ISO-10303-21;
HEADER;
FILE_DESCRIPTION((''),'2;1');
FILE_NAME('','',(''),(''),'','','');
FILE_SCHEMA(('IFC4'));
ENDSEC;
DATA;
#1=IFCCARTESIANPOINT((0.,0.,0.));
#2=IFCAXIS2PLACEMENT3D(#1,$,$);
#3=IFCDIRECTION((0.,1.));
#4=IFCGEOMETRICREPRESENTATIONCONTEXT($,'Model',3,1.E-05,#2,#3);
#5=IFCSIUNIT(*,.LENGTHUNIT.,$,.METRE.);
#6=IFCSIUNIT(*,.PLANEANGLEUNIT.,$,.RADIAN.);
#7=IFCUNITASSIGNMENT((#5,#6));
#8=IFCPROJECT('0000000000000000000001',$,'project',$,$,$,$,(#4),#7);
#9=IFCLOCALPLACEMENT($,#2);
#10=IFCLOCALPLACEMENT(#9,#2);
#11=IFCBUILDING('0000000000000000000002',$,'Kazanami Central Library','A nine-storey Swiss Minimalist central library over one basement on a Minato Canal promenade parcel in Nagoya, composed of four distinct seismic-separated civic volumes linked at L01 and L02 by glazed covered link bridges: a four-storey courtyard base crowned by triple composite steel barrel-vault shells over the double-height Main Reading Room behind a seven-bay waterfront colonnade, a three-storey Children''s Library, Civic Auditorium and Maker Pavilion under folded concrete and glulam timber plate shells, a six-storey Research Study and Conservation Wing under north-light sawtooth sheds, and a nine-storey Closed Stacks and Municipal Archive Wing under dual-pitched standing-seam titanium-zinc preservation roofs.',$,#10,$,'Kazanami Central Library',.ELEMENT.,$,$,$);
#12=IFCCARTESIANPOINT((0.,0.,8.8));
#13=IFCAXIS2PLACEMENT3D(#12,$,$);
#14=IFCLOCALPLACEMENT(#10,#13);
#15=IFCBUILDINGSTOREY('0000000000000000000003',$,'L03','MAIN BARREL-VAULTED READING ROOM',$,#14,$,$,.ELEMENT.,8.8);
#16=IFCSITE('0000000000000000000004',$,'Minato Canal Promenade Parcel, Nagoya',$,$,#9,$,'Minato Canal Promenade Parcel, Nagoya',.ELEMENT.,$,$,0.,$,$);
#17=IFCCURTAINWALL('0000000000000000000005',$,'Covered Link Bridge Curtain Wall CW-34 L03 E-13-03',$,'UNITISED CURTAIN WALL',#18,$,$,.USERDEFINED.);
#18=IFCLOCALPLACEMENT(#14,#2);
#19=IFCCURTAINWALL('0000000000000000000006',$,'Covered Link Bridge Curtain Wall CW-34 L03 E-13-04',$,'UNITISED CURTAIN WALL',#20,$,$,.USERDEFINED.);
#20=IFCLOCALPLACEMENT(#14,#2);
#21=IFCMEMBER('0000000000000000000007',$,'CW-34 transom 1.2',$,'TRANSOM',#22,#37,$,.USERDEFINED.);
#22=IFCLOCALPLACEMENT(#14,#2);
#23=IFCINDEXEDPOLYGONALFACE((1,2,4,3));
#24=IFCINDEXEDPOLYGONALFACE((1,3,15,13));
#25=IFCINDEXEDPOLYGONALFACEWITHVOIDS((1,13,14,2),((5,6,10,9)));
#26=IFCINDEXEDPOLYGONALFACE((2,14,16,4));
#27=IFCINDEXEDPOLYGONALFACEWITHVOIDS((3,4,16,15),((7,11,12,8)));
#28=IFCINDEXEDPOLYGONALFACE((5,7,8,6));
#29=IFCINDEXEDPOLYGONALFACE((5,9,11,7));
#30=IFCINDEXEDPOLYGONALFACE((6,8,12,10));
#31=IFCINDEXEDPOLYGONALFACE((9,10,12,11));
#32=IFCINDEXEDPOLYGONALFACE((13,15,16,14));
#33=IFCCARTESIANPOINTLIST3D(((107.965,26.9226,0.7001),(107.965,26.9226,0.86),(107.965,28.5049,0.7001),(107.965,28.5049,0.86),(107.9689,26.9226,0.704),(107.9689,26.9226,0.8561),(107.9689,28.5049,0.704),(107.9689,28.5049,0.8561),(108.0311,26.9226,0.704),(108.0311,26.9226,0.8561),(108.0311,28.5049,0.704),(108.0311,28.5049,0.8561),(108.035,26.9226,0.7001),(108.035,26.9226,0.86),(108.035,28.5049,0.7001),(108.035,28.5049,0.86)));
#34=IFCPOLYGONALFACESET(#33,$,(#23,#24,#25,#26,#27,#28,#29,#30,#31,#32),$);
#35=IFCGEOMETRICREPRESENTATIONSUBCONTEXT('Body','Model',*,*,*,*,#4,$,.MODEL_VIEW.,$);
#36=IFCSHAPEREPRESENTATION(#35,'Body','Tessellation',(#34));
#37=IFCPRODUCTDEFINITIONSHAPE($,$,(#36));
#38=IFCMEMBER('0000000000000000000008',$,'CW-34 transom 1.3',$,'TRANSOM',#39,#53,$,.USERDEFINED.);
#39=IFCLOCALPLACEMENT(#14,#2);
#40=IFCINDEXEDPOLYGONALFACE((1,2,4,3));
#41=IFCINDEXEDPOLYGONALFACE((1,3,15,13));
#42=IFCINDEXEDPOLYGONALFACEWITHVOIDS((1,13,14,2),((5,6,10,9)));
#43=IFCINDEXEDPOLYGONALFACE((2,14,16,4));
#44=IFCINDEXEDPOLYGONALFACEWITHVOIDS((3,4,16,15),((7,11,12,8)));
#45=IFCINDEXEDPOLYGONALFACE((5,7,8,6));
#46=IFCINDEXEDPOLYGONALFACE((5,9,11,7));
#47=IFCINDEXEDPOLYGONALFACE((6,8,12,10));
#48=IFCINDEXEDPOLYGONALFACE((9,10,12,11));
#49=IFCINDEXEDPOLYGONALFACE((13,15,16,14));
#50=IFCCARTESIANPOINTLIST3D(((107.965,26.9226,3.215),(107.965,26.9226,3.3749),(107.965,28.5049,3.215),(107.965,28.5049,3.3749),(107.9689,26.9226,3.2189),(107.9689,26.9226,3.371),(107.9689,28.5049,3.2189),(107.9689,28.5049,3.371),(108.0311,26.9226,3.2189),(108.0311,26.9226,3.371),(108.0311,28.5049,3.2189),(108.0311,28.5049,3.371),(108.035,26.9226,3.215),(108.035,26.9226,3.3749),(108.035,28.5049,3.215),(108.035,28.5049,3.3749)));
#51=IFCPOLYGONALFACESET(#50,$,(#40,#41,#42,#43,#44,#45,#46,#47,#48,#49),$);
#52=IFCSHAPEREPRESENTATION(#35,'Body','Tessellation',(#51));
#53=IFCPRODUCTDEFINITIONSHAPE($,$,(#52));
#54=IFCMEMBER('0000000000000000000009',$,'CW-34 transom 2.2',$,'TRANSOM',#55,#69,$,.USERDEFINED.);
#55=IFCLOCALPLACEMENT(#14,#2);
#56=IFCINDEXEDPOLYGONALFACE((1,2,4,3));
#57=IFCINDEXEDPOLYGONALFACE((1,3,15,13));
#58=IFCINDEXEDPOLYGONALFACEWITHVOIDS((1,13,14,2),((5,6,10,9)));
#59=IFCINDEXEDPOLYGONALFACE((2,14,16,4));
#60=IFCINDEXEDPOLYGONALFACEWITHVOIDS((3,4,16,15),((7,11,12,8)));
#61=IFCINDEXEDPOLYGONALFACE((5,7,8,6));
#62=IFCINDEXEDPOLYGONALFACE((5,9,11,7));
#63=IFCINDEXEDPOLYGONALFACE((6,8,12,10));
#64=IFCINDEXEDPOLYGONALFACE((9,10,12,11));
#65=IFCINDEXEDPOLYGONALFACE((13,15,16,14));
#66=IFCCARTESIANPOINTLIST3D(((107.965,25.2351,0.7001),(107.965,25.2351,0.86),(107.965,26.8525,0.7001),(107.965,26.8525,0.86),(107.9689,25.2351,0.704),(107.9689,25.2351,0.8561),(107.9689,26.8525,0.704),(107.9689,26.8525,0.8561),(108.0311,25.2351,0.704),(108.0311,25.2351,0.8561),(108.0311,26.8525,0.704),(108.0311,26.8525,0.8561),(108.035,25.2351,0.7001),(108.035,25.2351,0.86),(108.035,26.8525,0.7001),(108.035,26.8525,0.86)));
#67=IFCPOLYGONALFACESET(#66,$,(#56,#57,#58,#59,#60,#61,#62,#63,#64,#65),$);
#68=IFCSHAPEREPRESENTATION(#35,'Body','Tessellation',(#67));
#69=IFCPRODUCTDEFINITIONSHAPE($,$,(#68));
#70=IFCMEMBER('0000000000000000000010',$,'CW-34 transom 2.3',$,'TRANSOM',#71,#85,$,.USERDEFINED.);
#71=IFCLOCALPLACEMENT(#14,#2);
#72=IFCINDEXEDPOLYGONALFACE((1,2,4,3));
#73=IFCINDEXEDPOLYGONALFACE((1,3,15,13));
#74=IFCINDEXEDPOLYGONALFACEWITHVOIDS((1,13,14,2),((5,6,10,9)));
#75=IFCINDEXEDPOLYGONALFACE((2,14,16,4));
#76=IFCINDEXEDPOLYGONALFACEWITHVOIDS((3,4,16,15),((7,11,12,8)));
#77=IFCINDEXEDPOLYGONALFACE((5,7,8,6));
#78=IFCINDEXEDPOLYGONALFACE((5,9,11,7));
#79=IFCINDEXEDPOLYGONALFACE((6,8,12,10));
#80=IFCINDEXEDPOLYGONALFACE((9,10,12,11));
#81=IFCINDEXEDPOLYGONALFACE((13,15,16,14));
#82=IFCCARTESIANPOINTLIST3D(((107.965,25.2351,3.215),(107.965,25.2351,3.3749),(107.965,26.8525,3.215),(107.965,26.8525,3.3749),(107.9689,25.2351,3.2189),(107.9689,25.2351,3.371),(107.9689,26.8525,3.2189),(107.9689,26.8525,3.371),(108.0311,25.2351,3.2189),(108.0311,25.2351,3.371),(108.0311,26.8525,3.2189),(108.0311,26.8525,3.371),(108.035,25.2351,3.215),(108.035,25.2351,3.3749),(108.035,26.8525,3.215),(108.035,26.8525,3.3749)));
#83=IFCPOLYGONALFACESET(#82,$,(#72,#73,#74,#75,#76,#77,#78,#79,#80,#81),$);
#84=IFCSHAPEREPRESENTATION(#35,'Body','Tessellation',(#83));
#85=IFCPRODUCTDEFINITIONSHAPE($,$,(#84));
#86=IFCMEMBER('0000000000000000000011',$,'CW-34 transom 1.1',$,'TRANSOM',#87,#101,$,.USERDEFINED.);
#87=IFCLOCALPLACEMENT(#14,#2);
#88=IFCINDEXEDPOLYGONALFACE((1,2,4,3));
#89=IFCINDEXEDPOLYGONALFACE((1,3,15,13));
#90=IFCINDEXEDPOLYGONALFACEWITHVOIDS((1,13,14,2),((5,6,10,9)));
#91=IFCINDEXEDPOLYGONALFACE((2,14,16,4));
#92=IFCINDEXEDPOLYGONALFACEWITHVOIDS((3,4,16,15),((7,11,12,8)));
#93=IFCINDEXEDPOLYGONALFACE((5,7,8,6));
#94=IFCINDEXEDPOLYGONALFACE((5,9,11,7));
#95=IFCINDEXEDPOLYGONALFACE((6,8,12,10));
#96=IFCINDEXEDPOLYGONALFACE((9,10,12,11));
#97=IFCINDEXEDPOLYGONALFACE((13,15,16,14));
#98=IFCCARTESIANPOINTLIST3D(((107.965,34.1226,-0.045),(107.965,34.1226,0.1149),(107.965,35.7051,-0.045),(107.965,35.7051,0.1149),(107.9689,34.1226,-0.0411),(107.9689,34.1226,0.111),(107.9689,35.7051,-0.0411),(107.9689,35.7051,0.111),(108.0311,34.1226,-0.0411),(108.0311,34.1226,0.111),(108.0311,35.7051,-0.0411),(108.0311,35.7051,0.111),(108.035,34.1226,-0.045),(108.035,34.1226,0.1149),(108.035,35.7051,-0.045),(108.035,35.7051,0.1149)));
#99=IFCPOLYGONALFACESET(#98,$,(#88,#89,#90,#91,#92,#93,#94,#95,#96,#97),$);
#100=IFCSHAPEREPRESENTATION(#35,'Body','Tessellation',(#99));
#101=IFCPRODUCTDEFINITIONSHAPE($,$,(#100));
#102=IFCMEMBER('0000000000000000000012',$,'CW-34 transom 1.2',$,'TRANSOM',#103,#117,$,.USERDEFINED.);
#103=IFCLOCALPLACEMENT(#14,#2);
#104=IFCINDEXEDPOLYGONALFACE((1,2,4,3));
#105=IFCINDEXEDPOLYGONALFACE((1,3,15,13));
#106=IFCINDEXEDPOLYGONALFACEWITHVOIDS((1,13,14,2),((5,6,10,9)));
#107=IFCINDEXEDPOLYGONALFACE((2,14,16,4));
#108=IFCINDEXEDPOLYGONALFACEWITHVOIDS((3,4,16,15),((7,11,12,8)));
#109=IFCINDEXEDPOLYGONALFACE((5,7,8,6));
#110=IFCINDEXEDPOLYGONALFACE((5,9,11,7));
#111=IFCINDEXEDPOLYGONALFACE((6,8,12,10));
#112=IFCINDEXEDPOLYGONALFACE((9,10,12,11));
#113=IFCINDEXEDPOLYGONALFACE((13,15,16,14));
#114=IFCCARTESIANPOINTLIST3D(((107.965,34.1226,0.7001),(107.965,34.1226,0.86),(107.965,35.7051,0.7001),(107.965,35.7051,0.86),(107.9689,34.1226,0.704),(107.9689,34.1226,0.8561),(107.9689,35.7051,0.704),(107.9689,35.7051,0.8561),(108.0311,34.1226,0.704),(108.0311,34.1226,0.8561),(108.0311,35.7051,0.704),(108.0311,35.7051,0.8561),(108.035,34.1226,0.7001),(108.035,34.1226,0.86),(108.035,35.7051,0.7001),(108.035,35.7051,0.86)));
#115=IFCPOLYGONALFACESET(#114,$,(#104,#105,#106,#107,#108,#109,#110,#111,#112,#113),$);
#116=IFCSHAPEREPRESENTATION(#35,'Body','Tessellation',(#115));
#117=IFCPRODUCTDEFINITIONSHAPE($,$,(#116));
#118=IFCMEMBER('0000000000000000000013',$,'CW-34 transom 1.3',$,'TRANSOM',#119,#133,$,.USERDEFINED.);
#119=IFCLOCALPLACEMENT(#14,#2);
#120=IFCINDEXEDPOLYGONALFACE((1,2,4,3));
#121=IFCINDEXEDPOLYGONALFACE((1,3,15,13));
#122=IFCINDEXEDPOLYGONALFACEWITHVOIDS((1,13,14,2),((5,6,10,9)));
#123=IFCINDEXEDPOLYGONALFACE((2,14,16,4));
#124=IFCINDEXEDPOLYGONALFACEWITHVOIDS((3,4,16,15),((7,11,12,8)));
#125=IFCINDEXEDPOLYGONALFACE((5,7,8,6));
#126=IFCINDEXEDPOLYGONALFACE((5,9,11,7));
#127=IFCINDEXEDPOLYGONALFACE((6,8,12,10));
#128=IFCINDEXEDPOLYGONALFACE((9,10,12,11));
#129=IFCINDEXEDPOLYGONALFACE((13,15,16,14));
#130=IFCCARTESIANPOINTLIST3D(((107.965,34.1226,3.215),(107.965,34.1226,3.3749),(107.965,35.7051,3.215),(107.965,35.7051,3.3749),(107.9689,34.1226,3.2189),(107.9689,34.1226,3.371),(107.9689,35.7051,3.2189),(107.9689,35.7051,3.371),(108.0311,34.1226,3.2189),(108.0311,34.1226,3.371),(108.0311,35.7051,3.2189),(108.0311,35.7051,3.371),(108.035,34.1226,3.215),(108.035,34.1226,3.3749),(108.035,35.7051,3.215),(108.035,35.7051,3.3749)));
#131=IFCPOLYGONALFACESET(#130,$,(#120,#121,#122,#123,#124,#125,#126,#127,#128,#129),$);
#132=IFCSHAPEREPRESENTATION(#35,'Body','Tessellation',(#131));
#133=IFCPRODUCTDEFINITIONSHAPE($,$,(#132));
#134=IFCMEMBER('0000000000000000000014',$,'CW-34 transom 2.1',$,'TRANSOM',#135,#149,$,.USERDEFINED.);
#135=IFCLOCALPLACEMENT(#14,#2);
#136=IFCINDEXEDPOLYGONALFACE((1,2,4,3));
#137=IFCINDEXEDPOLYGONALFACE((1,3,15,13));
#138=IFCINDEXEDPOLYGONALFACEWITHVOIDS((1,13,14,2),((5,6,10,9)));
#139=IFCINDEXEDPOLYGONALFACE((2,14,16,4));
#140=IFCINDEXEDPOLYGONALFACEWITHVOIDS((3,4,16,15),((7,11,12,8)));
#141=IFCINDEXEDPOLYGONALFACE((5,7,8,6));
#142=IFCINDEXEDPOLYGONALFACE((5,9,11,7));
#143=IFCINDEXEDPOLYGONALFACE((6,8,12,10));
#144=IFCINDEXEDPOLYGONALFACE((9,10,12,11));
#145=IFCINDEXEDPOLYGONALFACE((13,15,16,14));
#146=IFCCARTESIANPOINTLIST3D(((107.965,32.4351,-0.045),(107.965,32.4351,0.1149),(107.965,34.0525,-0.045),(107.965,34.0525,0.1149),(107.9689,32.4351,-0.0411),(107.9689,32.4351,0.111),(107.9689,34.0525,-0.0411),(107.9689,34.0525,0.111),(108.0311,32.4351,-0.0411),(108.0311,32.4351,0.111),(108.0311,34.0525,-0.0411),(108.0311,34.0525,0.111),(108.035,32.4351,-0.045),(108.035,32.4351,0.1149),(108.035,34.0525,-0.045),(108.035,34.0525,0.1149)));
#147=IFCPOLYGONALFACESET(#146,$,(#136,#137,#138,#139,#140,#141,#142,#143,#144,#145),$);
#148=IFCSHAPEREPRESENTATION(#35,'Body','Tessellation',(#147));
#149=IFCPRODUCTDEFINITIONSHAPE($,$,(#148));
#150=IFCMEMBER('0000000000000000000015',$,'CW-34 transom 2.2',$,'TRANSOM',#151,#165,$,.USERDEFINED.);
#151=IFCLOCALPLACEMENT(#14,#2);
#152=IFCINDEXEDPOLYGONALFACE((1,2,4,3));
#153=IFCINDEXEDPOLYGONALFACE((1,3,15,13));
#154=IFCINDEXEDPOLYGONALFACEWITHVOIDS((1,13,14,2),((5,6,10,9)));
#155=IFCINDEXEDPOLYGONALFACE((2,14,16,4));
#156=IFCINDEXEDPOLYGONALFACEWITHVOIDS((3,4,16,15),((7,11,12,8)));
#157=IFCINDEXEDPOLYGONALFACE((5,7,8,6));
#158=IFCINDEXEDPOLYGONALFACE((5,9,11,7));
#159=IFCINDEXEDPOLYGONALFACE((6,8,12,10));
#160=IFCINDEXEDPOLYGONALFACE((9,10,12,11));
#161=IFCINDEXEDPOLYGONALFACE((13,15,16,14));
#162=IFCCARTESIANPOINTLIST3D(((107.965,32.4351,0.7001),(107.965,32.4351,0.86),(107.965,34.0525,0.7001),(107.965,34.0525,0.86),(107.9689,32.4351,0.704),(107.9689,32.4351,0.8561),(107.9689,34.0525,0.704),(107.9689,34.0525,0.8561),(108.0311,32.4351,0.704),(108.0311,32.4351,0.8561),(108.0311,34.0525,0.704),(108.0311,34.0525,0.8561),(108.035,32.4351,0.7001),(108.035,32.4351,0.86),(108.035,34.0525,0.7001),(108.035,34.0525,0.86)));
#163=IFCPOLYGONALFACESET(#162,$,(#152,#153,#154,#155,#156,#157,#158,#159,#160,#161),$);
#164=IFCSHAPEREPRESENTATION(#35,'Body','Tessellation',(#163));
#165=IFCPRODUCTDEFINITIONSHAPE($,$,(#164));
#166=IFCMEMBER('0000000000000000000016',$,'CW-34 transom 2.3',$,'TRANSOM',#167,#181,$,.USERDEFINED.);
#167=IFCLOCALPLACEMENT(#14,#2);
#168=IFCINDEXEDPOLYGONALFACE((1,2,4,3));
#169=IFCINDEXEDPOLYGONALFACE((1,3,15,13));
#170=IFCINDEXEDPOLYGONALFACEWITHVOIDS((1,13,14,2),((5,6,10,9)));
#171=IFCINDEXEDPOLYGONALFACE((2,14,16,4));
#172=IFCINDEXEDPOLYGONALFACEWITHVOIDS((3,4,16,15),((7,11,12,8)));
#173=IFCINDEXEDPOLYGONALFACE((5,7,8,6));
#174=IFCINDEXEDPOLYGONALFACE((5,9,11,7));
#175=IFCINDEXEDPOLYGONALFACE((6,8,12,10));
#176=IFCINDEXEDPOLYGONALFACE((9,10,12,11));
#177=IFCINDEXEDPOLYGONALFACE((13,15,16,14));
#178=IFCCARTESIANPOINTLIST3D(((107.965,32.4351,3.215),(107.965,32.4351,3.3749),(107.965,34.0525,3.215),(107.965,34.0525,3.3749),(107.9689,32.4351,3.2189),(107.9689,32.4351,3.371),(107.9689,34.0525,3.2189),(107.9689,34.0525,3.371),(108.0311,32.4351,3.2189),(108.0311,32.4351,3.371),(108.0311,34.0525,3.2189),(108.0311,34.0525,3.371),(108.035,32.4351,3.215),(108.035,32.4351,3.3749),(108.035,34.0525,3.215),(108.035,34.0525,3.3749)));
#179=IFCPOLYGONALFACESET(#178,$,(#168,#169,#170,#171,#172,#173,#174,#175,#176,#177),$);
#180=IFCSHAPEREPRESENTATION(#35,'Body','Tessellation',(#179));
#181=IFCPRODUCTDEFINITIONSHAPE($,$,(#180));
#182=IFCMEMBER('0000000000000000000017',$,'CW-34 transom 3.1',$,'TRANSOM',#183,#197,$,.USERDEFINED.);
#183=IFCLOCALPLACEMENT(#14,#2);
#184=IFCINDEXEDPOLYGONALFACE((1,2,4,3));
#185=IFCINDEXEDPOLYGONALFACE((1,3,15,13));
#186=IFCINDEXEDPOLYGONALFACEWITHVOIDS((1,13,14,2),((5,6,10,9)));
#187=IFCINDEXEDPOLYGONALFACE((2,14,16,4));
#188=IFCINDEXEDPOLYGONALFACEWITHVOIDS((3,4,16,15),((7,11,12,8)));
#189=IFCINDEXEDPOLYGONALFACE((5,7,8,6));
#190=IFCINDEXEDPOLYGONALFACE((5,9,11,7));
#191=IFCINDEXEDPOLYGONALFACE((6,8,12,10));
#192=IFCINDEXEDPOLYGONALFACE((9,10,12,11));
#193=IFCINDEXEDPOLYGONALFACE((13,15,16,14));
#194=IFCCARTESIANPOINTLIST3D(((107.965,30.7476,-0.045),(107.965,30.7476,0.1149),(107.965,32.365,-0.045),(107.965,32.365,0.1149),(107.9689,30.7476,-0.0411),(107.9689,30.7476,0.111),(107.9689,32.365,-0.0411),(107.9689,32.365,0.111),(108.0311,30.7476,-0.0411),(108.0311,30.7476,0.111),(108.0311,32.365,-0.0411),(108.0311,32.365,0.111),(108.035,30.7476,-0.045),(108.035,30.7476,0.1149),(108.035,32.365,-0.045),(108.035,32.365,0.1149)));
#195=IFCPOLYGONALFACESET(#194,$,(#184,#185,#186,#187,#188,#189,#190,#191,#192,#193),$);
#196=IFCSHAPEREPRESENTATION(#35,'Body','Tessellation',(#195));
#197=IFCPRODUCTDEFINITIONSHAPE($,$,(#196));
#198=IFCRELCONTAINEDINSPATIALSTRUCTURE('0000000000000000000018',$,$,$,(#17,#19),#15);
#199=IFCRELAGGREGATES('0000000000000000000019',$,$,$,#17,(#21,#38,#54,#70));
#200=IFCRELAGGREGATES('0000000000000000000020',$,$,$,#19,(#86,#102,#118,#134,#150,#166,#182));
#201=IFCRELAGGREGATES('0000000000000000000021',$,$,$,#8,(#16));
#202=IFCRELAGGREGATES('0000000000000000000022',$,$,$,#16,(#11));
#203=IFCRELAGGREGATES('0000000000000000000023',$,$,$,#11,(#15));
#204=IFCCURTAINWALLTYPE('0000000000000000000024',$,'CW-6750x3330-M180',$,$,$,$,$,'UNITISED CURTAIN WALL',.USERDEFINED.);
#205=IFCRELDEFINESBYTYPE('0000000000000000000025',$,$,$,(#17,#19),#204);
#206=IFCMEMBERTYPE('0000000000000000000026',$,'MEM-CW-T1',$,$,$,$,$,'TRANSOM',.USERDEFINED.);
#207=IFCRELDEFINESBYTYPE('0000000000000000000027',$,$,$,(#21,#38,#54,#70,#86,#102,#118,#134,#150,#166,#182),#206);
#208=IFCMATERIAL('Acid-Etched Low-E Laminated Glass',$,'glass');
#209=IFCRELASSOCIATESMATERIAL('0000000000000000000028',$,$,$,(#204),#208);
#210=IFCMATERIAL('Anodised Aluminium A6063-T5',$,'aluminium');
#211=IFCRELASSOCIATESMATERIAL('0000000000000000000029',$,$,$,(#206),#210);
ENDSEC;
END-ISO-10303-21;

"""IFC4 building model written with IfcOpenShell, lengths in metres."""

from ifc_helpers import new_model, si_unit, direction, frame, origin, origin_2d, place, context, subcontext, project, spatial, hollow_rectangle, extrude, material, material_profile, profile_set, type_object, element, aggregate, save


model = new_model("IFC4")

# Units and contexts
model_context = context("Model", 3, precision=1e-05, world=origin(), true_north=direction((0.0, 1.0)))
body_context = subcontext(model_context, "Body", "Model", "MODEL_VIEW")
ifc_project = project(units=[si_unit("LENGTHUNIT", "METRE"), si_unit("PLANEANGLEUNIT", "RADIAN")], contexts=[model_context])

# Site, building, storey
site_placement = place(None, origin())
site = spatial("IfcSite", under=ifc_project, at=site_placement, Name="Minato Canal Promenade Parcel, Nagoya", LongName="Minato Canal Promenade Parcel, Nagoya", CompositionType="ELEMENT", RefElevation=0.0)
building_placement = place(site_placement, origin())
building = spatial("IfcBuilding", under=site, at=building_placement, Name="Kazanami Central Library", Description="A nine-storey Swiss Minimalist central library over one basement on a Minato Canal promenade parcel in Nagoya, composed of four distinct seismic-separated civic volumes linked at L01 and L02 by glazed covered link bridges: a four-storey courtyard base crowned by triple composite steel barrel-vault shells over the double-height Main Reading Room behind a seven-bay waterfront colonnade, a three-storey Children's Library, Civic Auditorium and Maker Pavilion under folded concrete and glulam timber plate shells, a six-storey Research Study and Conservation Wing under north-light sawtooth sheds, and a nine-storey Closed Stacks and Municipal Archive Wing under dual-pitched standing-seam titanium-zinc preservation roofs.", LongName="Kazanami Central Library", CompositionType="ELEMENT")
storey_placement = place(building_placement, frame((0.0, 0.0, 8.8)))
storey = spatial("IfcBuildingStorey", under=building, at=storey_placement, Name="L03", Description="MAIN BARREL-VAULTED READING ROOM", CompositionType="ELEMENT", Elevation=8.8)

# Curtain walls
ifc_material_1 = material(Name="Acid-Etched Low-E Laminated Glass", Category="glass")
curtain_wall_type = type_object("IfcCurtainWallType", Name="CW-6750x3330-M180", ElementType="UNITISED CURTAIN WALL", PredefinedType="USERDEFINED", material=ifc_material_1)
curtain_wall_1_placement = place(storey_placement, origin())
curtain_wall_1 = element("IfcCurtainWall", 1, at=curtain_wall_1_placement, inside=storey, type_object=curtain_wall_type, Name="Covered Link Bridge Curtain Wall CW-34 L03 E-13-03", ObjectType="UNITISED CURTAIN WALL", PredefinedType="USERDEFINED")
ifc_material_2 = material(Name="Anodised Aluminium A6063-T5", Category="aluminium")
curtain_wall_2_placement = place(storey_placement, origin())
curtain_wall_2 = element("IfcCurtainWall", 2, at=curtain_wall_2_placement, inside=storey, type_object=curtain_wall_type, Name="Covered Link Bridge Curtain Wall CW-34 L03 E-13-04", ObjectType="UNITISED CURTAIN WALL", PredefinedType="USERDEFINED")

# Members
ifc_material_profile_1 = material_profile(ifc_material_2, hollow_rectangle(XDim=0.0701, YDim=0.1599, WallThickness=0.0039, at=origin_2d()), Name="ALU-TRAN-70x160x4")
ifc_profile_set_1 = profile_set([ifc_material_profile_1], Name="Anodised Aluminium A6063-T5")
member_type_1 = type_object("IfcMemberType", Name="MEM-CW-T1", ElementType="TRANSOM", PredefinedType="USERDEFINED", material=ifc_profile_set_1)
member_1_placement = place(storey_placement, frame((108.0, 28.5049, 0.78), z_axis=(0.0, -1.0, 0.0), x_axis=(1.0, 0.0, 0.0)))
member_1 = element("IfcMember", 3, at=member_1_placement, type_object=member_type_1, Name="CW-34 transom 1.2", ObjectType="TRANSOM", PredefinedType="USERDEFINED", context=body_context, shape_type="SweptSolid", body=[
    extrude(hollow_rectangle(XDim=0.0701, YDim=0.1599, WallThickness=0.0039, at=origin_2d()), origin(), (0.0, 0.0, 1.0), 1.5823),
])
member_2_placement = place(storey_placement, frame((108.0, 28.5049, 3.2949), z_axis=(0.0, -1.0, 0.0), x_axis=(1.0, 0.0, 0.0)))
member_2 = element("IfcMember", 4, at=member_2_placement, type_object=member_type_1, Name="CW-34 transom 1.3", ObjectType="TRANSOM", PredefinedType="USERDEFINED", context=body_context, shape_type="SweptSolid", body=[
    extrude(hollow_rectangle(XDim=0.0701, YDim=0.1599, WallThickness=0.0039, at=origin_2d()), origin(), (0.0, 0.0, 1.0), 1.5823),
])
member_3_placement = place(storey_placement, frame((108.0, 26.8525, 0.78), z_axis=(0.0, -1.0, 0.0), x_axis=(1.0, 0.0, 0.0)))
member_3 = element("IfcMember", 5, at=member_3_placement, type_object=member_type_1, Name="CW-34 transom 2.2", ObjectType="TRANSOM", PredefinedType="USERDEFINED", context=body_context, shape_type="SweptSolid", body=[
    extrude(hollow_rectangle(XDim=0.0701, YDim=0.1599, WallThickness=0.0039, at=origin_2d()), origin(), (0.0, 0.0, 1.0), 1.6174),
])
member_4_placement = place(storey_placement, frame((108.0, 26.8525, 3.2949), z_axis=(0.0, -1.0, 0.0), x_axis=(1.0, 0.0, 0.0)))
member_4 = element("IfcMember", 6, at=member_4_placement, type_object=member_type_1, Name="CW-34 transom 2.3", ObjectType="TRANSOM", PredefinedType="USERDEFINED", context=body_context, shape_type="SweptSolid", body=[
    extrude(hollow_rectangle(XDim=0.0701, YDim=0.1599, WallThickness=0.0039, at=origin_2d()), origin(), (0.0, 0.0, 1.0), 1.6174),
])
member_5_placement = place(storey_placement, frame((108.0, 35.7051, 0.0349), z_axis=(0.0, -1.0, 0.0), x_axis=(1.0, 0.0, 0.0)))
member_5 = element("IfcMember", 7, at=member_5_placement, type_object=member_type_1, Name="CW-34 transom 1.1", ObjectType="TRANSOM", PredefinedType="USERDEFINED", context=body_context, shape_type="SweptSolid", body=[
    extrude(hollow_rectangle(XDim=0.0701, YDim=0.1599, WallThickness=0.0039, at=origin_2d()), origin(), (0.0, 0.0, 1.0), 1.5825),
])
member_6_placement = place(storey_placement, frame((108.0, 35.7051, 0.78), z_axis=(0.0, -1.0, 0.0), x_axis=(1.0, 0.0, 0.0)))
member_6 = element("IfcMember", 8, at=member_6_placement, type_object=member_type_1, Name="CW-34 transom 1.2", ObjectType="TRANSOM", PredefinedType="USERDEFINED", context=body_context, shape_type="SweptSolid", body=[
    extrude(hollow_rectangle(XDim=0.0701, YDim=0.1599, WallThickness=0.0039, at=origin_2d()), origin(), (0.0, 0.0, 1.0), 1.5825),
])
member_7_placement = place(storey_placement, frame((108.0, 35.7051, 3.2949), z_axis=(0.0, -1.0, 0.0), x_axis=(1.0, 0.0, 0.0)))
member_7 = element("IfcMember", 9, at=member_7_placement, type_object=member_type_1, Name="CW-34 transom 1.3", ObjectType="TRANSOM", PredefinedType="USERDEFINED", context=body_context, shape_type="SweptSolid", body=[
    extrude(hollow_rectangle(XDim=0.0701, YDim=0.1599, WallThickness=0.0039, at=origin_2d()), origin(), (0.0, 0.0, 1.0), 1.5825),
])
member_8_placement = place(storey_placement, frame((108.0, 34.0525, 0.0349), z_axis=(0.0, -1.0, 0.0), x_axis=(1.0, 0.0, 0.0)))
member_8 = element("IfcMember", 10, at=member_8_placement, type_object=member_type_1, Name="CW-34 transom 2.1", ObjectType="TRANSOM", PredefinedType="USERDEFINED", context=body_context, shape_type="SweptSolid", body=[
    extrude(hollow_rectangle(XDim=0.0701, YDim=0.1599, WallThickness=0.0039, at=origin_2d()), origin(), (0.0, 0.0, 1.0), 1.6174),
])
member_9_placement = place(storey_placement, frame((108.0, 34.0525, 0.78), z_axis=(0.0, -1.0, 0.0), x_axis=(1.0, 0.0, 0.0)))
member_9 = element("IfcMember", 11, at=member_9_placement, type_object=member_type_1, Name="CW-34 transom 2.2", ObjectType="TRANSOM", PredefinedType="USERDEFINED", context=body_context, shape_type="SweptSolid", body=[
    extrude(hollow_rectangle(XDim=0.0701, YDim=0.1599, WallThickness=0.0039, at=origin_2d()), origin(), (0.0, 0.0, 1.0), 1.6174),
])
member_10_placement = place(storey_placement, frame((108.0, 34.0525, 3.2949), z_axis=(0.0, -1.0, 0.0), x_axis=(1.0, 0.0, 0.0)))
member_10 = element("IfcMember", 12, at=member_10_placement, type_object=member_type_1, Name="CW-34 transom 2.3", ObjectType="TRANSOM", PredefinedType="USERDEFINED", context=body_context, shape_type="SweptSolid", body=[
    extrude(hollow_rectangle(XDim=0.0701, YDim=0.1599, WallThickness=0.0039, at=origin_2d()), origin(), (0.0, 0.0, 1.0), 1.6174),
])
member_11_placement = place(storey_placement, frame((108.0, 32.365, 0.0349), z_axis=(0.0, -1.0, 0.0), x_axis=(1.0, 0.0, 0.0)))
member_11 = element("IfcMember", 13, at=member_11_placement, type_object=member_type_1, Name="CW-34 transom 3.1", ObjectType="TRANSOM", PredefinedType="USERDEFINED", context=body_context, shape_type="SweptSolid", body=[
    extrude(hollow_rectangle(XDim=0.0701, YDim=0.1599, WallThickness=0.0039, at=origin_2d()), origin(), (0.0, 0.0, 1.0), 1.6174),
])

aggregate(curtain_wall_1, [member_1, member_2, member_3, member_4])
aggregate(curtain_wall_2, [member_5, member_6, member_7, member_8, member_9, member_10, member_11])

save(model, "model.ifc")
